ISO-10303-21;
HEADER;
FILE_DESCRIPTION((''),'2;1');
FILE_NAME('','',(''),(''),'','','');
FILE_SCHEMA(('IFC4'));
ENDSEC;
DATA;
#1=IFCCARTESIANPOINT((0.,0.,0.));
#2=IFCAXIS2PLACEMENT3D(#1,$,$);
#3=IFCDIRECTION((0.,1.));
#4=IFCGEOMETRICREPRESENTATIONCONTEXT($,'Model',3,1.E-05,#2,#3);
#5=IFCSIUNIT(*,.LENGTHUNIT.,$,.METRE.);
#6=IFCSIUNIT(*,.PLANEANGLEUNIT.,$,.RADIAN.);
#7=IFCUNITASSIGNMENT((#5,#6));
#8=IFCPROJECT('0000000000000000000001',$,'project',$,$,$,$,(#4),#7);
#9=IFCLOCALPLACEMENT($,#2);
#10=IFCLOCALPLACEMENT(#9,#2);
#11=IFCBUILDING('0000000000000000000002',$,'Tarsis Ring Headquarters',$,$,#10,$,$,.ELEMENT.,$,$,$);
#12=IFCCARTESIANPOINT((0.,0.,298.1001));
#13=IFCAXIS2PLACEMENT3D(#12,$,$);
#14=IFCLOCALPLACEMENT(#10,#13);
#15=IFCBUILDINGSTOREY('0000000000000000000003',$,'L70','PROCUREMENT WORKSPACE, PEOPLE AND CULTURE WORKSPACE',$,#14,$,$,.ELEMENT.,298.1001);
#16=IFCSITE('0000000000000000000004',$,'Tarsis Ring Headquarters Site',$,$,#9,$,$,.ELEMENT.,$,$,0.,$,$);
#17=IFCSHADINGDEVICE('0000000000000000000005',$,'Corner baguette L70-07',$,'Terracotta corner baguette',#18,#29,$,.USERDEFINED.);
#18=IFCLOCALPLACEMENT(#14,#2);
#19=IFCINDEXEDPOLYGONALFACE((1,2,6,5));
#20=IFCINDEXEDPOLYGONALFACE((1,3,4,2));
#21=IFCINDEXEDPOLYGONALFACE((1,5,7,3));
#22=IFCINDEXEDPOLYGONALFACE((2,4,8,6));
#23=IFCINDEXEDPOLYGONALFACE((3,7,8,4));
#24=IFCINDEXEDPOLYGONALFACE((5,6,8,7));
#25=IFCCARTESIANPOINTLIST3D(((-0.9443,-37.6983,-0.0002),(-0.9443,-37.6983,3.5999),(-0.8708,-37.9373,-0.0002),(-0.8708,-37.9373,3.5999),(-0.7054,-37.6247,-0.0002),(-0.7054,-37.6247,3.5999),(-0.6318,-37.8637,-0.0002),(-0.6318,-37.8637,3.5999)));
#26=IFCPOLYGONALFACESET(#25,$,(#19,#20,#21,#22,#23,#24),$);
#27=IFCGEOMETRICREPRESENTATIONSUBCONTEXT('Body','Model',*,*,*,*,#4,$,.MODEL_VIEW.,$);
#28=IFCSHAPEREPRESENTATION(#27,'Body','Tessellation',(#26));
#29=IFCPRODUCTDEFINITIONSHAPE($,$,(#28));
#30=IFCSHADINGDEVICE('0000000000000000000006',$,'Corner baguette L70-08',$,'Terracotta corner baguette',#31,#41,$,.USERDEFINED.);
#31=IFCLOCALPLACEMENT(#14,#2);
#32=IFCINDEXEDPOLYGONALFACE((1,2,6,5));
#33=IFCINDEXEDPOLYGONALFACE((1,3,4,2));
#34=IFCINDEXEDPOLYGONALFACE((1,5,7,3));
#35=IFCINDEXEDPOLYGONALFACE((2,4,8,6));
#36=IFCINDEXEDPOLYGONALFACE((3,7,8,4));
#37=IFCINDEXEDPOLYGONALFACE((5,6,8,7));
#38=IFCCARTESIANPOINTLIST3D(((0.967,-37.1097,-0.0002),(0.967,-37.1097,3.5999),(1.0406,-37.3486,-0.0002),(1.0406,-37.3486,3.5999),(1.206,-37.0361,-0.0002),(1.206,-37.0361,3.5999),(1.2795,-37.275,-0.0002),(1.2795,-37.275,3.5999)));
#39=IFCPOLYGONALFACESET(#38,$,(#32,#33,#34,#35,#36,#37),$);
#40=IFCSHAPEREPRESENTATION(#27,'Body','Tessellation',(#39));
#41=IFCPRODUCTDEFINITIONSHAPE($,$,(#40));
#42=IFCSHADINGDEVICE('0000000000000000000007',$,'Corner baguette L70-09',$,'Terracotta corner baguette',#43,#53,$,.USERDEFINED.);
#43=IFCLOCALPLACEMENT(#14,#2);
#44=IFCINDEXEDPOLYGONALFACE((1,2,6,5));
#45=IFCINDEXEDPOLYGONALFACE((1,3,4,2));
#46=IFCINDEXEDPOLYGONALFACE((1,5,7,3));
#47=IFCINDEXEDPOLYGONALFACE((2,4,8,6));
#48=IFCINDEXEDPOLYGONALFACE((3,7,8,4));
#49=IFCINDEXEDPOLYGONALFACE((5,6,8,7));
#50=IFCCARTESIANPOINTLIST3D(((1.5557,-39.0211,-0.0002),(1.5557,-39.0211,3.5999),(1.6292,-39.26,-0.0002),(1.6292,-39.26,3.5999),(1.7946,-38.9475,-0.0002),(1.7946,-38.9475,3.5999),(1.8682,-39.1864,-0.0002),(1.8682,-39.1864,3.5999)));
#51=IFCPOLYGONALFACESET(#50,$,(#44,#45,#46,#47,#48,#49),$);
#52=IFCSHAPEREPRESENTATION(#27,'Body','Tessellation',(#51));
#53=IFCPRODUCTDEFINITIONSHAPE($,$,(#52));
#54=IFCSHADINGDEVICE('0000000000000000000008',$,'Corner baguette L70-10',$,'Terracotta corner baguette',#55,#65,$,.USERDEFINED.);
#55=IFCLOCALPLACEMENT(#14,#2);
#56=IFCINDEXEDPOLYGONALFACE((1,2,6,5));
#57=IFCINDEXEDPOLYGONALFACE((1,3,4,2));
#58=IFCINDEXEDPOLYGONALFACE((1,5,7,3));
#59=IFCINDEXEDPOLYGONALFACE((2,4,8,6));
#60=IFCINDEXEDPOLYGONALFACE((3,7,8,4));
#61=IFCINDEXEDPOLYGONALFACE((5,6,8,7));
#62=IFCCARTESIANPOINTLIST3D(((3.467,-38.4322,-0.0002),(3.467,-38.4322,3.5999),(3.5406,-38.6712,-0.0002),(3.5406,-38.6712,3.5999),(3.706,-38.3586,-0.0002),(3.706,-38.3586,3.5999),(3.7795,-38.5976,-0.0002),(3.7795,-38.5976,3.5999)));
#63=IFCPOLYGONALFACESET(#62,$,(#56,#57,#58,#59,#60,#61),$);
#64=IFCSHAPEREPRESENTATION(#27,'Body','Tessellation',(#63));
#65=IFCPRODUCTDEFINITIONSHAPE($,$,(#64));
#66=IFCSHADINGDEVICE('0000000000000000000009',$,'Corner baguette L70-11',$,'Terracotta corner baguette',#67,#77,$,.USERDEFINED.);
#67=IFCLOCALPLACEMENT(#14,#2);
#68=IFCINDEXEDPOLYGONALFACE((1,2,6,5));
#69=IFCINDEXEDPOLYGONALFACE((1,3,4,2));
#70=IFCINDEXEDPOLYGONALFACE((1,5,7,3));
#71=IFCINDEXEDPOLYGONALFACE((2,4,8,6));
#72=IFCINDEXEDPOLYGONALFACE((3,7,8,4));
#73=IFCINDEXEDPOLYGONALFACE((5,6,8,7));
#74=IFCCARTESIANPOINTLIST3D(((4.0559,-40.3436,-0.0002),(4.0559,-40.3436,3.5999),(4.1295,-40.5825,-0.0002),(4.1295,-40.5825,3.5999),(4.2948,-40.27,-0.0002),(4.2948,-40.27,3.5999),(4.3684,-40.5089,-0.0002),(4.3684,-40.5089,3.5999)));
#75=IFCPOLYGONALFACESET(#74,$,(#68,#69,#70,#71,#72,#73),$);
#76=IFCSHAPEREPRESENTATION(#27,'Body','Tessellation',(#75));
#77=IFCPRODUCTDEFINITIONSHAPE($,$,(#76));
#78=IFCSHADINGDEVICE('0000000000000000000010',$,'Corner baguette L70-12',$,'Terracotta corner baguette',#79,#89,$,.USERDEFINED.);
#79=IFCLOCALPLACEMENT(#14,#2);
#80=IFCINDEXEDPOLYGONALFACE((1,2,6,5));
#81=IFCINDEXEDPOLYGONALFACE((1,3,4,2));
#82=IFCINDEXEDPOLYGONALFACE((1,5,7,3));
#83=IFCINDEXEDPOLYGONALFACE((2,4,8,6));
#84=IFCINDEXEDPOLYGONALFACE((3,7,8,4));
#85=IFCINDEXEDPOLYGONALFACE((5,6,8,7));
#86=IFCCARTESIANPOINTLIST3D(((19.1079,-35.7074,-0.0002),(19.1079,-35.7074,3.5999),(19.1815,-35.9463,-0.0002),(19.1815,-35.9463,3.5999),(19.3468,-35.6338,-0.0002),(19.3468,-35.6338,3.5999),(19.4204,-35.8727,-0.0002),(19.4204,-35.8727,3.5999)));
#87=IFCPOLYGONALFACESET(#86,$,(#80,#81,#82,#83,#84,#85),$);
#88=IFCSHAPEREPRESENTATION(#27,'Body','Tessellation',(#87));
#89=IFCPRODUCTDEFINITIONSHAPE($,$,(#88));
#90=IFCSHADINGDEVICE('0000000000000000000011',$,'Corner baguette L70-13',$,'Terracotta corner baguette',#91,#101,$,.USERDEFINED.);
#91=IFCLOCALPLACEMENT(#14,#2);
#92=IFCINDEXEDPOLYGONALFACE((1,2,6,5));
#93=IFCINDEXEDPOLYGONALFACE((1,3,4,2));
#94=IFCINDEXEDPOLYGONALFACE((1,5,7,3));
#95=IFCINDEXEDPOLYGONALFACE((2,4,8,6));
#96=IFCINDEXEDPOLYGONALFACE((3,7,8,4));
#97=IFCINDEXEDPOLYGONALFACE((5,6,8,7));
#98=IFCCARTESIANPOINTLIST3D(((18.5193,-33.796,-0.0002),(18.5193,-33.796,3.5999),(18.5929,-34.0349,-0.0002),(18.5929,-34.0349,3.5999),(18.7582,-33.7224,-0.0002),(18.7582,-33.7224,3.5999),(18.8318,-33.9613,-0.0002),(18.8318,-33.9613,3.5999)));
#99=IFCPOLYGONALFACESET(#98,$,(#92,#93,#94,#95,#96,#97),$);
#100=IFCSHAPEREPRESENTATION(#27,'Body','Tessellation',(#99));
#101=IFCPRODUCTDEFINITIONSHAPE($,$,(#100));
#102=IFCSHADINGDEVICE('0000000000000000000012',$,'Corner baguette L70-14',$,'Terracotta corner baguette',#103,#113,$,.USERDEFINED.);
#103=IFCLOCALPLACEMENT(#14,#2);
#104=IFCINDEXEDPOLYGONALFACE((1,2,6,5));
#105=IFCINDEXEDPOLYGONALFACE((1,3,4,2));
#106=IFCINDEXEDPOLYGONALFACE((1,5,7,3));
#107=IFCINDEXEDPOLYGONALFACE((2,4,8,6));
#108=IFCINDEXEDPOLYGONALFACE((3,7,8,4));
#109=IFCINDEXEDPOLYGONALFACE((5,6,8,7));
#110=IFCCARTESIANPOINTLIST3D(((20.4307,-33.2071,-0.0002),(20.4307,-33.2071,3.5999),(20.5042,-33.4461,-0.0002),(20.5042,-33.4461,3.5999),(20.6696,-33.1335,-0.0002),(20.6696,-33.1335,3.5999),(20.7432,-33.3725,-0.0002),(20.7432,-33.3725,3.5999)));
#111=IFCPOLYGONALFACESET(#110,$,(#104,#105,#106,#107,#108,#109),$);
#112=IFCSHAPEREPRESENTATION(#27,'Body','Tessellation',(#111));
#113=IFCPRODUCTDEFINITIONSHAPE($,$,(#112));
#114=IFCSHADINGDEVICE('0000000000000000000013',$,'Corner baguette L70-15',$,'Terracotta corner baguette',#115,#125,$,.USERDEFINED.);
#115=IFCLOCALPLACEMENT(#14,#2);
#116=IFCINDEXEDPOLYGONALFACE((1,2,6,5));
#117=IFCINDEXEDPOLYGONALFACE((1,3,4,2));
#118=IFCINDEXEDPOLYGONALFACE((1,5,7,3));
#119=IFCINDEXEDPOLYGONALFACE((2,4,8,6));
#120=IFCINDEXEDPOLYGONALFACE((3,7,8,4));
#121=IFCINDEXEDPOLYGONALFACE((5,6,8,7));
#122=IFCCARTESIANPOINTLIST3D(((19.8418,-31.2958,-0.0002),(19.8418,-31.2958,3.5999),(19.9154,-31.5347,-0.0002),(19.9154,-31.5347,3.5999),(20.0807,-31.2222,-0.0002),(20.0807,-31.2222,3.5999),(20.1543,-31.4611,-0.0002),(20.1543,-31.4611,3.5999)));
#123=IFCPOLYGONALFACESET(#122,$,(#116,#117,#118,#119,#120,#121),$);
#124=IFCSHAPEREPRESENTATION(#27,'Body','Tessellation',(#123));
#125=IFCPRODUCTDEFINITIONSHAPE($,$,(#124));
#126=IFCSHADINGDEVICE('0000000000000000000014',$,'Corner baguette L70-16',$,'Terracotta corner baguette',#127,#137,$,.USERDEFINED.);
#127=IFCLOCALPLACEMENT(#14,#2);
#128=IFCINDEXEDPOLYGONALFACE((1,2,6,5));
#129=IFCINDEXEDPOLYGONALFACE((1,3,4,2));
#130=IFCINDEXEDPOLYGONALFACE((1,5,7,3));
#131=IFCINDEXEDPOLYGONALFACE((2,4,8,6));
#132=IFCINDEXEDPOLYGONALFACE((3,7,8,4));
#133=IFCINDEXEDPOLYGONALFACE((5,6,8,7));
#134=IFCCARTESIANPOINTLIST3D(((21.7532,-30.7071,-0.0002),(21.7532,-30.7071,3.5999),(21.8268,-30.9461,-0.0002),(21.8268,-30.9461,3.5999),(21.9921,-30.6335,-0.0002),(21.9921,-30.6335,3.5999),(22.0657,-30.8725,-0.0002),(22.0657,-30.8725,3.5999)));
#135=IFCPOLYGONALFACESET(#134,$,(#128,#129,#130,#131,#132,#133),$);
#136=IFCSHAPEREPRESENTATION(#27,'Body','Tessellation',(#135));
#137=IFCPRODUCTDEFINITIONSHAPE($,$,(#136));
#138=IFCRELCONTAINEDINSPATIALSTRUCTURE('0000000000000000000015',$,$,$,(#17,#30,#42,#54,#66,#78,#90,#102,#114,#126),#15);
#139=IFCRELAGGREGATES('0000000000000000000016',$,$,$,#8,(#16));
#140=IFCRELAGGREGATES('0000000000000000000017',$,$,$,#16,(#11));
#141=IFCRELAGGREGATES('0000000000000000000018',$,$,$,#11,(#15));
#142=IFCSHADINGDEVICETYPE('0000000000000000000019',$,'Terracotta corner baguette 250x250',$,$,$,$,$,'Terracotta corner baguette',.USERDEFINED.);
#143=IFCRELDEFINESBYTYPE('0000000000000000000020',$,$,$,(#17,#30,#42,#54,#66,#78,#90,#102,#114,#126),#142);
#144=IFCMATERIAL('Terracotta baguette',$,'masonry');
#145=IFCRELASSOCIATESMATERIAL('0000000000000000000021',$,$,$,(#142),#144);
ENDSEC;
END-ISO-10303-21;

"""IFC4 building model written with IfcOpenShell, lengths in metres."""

from ifc_helpers import new_model, si_unit, direction, frame, origin, origin_2d, place, context, subcontext, project, spatial, rectangle, extrude, material, type_object, element, save


model = new_model("IFC4")

# Units and contexts
model_context = context("Model", 3, precision=1e-05, world=origin(), true_north=direction((0.0, 1.0)))
body_context = subcontext(model_context, "Body", "Model", "MODEL_VIEW")
ifc_project = project(units=[si_unit("LENGTHUNIT", "METRE"), si_unit("PLANEANGLEUNIT", "RADIAN")], contexts=[model_context])

# Site, building, storey
site_placement = place(None, origin())
site = spatial("IfcSite", under=ifc_project, at=site_placement, Name="Tarsis Ring Headquarters Site", CompositionType="ELEMENT", RefElevation=0.0)
building_placement = place(site_placement, origin())
building = spatial("IfcBuilding", under=site, at=building_placement, Name="Tarsis Ring Headquarters", CompositionType="ELEMENT")
storey_placement = place(building_placement, frame((0.0, 0.0, 298.1001)))
storey = spatial("IfcBuildingStorey", under=building, at=storey_placement, Name="L70", Description="PROCUREMENT WORKSPACE, PEOPLE AND CULTURE WORKSPACE", CompositionType="ELEMENT", Elevation=298.1001)

# Shading devices
ifc_material_1 = material(Name="Terracotta baguette", Category="masonry")
shading_device_type = type_object("IfcShadingDeviceType", Name="Terracotta corner baguette 250x250", ElementType="Terracotta corner baguette", PredefinedType="USERDEFINED", material=ifc_material_1)
for number, where, z_axis, x_axis, name in (
    (1, (-0.7881, -37.781, -0.0002), (0.0, 0.0, 1.0), (0.294374, -0.95569, 0.0), "Corner baguette L70-07"),
    (2, (1.1233, -37.1924, -0.0002), (0.0, 0.0, 1.0), (0.95569, 0.294374, 0.0), "Corner baguette L70-08"),
    (3, (1.7119, -39.1038, -0.0002), (0.0, 0.0, 1.0), (0.294374, -0.95569, 0.0), "Corner baguette L70-09"),
    (4, (3.6233, -38.5149, -0.0002), (0.0, 0.0, 1.0), (0.95569, 0.294374, 0.0), "Corner baguette L70-10"),
    (5, (4.2122, -40.4263, -0.0002), (0.0, 0.0, 1.0), (0.294374, -0.95569, 0.0), "Corner baguette L70-11"),
    (6, (19.2642, -35.79, -0.0002), (0.0, 0.0, 1.0), (0.95569, 0.294374, 0.0), "Corner baguette L70-12"),
    (7, (18.6755, -33.8787, -0.0002), (0.0, 0.0, 1.0), (-0.294374, 0.95569, 0.0), "Corner baguette L70-13"),
    (8, (20.5869, -33.2898, -0.0002), (0.0, 0.0, 1.0), (0.95569, 0.294374, 0.0), "Corner baguette L70-14"),
    (9, (19.998, -31.3784, -0.0002), (0.0, 0.0, 1.0), (-0.294373, 0.95569, 0.0), "Corner baguette L70-15"),
    (10, (21.9094, -30.7898, -0.0002), (0.0, 0.0, 1.0), (0.95569, 0.294374, 0.0), "Corner baguette L70-16"),
):
    element("IfcShadingDevice", number, at=place(storey_placement, frame(where, z_axis=z_axis, x_axis=x_axis)), inside=storey, type_object=shading_device_type, Name=name, ObjectType="Terracotta corner baguette", PredefinedType="USERDEFINED", context=body_context, shape_type="SweptSolid", body=[
        extrude(rectangle(XDim=0.25, YDim=0.25, at=origin_2d()), origin(), (0.0, 0.0, 1.0), 3.6001),
    ])

save(model, "model.ifc")
